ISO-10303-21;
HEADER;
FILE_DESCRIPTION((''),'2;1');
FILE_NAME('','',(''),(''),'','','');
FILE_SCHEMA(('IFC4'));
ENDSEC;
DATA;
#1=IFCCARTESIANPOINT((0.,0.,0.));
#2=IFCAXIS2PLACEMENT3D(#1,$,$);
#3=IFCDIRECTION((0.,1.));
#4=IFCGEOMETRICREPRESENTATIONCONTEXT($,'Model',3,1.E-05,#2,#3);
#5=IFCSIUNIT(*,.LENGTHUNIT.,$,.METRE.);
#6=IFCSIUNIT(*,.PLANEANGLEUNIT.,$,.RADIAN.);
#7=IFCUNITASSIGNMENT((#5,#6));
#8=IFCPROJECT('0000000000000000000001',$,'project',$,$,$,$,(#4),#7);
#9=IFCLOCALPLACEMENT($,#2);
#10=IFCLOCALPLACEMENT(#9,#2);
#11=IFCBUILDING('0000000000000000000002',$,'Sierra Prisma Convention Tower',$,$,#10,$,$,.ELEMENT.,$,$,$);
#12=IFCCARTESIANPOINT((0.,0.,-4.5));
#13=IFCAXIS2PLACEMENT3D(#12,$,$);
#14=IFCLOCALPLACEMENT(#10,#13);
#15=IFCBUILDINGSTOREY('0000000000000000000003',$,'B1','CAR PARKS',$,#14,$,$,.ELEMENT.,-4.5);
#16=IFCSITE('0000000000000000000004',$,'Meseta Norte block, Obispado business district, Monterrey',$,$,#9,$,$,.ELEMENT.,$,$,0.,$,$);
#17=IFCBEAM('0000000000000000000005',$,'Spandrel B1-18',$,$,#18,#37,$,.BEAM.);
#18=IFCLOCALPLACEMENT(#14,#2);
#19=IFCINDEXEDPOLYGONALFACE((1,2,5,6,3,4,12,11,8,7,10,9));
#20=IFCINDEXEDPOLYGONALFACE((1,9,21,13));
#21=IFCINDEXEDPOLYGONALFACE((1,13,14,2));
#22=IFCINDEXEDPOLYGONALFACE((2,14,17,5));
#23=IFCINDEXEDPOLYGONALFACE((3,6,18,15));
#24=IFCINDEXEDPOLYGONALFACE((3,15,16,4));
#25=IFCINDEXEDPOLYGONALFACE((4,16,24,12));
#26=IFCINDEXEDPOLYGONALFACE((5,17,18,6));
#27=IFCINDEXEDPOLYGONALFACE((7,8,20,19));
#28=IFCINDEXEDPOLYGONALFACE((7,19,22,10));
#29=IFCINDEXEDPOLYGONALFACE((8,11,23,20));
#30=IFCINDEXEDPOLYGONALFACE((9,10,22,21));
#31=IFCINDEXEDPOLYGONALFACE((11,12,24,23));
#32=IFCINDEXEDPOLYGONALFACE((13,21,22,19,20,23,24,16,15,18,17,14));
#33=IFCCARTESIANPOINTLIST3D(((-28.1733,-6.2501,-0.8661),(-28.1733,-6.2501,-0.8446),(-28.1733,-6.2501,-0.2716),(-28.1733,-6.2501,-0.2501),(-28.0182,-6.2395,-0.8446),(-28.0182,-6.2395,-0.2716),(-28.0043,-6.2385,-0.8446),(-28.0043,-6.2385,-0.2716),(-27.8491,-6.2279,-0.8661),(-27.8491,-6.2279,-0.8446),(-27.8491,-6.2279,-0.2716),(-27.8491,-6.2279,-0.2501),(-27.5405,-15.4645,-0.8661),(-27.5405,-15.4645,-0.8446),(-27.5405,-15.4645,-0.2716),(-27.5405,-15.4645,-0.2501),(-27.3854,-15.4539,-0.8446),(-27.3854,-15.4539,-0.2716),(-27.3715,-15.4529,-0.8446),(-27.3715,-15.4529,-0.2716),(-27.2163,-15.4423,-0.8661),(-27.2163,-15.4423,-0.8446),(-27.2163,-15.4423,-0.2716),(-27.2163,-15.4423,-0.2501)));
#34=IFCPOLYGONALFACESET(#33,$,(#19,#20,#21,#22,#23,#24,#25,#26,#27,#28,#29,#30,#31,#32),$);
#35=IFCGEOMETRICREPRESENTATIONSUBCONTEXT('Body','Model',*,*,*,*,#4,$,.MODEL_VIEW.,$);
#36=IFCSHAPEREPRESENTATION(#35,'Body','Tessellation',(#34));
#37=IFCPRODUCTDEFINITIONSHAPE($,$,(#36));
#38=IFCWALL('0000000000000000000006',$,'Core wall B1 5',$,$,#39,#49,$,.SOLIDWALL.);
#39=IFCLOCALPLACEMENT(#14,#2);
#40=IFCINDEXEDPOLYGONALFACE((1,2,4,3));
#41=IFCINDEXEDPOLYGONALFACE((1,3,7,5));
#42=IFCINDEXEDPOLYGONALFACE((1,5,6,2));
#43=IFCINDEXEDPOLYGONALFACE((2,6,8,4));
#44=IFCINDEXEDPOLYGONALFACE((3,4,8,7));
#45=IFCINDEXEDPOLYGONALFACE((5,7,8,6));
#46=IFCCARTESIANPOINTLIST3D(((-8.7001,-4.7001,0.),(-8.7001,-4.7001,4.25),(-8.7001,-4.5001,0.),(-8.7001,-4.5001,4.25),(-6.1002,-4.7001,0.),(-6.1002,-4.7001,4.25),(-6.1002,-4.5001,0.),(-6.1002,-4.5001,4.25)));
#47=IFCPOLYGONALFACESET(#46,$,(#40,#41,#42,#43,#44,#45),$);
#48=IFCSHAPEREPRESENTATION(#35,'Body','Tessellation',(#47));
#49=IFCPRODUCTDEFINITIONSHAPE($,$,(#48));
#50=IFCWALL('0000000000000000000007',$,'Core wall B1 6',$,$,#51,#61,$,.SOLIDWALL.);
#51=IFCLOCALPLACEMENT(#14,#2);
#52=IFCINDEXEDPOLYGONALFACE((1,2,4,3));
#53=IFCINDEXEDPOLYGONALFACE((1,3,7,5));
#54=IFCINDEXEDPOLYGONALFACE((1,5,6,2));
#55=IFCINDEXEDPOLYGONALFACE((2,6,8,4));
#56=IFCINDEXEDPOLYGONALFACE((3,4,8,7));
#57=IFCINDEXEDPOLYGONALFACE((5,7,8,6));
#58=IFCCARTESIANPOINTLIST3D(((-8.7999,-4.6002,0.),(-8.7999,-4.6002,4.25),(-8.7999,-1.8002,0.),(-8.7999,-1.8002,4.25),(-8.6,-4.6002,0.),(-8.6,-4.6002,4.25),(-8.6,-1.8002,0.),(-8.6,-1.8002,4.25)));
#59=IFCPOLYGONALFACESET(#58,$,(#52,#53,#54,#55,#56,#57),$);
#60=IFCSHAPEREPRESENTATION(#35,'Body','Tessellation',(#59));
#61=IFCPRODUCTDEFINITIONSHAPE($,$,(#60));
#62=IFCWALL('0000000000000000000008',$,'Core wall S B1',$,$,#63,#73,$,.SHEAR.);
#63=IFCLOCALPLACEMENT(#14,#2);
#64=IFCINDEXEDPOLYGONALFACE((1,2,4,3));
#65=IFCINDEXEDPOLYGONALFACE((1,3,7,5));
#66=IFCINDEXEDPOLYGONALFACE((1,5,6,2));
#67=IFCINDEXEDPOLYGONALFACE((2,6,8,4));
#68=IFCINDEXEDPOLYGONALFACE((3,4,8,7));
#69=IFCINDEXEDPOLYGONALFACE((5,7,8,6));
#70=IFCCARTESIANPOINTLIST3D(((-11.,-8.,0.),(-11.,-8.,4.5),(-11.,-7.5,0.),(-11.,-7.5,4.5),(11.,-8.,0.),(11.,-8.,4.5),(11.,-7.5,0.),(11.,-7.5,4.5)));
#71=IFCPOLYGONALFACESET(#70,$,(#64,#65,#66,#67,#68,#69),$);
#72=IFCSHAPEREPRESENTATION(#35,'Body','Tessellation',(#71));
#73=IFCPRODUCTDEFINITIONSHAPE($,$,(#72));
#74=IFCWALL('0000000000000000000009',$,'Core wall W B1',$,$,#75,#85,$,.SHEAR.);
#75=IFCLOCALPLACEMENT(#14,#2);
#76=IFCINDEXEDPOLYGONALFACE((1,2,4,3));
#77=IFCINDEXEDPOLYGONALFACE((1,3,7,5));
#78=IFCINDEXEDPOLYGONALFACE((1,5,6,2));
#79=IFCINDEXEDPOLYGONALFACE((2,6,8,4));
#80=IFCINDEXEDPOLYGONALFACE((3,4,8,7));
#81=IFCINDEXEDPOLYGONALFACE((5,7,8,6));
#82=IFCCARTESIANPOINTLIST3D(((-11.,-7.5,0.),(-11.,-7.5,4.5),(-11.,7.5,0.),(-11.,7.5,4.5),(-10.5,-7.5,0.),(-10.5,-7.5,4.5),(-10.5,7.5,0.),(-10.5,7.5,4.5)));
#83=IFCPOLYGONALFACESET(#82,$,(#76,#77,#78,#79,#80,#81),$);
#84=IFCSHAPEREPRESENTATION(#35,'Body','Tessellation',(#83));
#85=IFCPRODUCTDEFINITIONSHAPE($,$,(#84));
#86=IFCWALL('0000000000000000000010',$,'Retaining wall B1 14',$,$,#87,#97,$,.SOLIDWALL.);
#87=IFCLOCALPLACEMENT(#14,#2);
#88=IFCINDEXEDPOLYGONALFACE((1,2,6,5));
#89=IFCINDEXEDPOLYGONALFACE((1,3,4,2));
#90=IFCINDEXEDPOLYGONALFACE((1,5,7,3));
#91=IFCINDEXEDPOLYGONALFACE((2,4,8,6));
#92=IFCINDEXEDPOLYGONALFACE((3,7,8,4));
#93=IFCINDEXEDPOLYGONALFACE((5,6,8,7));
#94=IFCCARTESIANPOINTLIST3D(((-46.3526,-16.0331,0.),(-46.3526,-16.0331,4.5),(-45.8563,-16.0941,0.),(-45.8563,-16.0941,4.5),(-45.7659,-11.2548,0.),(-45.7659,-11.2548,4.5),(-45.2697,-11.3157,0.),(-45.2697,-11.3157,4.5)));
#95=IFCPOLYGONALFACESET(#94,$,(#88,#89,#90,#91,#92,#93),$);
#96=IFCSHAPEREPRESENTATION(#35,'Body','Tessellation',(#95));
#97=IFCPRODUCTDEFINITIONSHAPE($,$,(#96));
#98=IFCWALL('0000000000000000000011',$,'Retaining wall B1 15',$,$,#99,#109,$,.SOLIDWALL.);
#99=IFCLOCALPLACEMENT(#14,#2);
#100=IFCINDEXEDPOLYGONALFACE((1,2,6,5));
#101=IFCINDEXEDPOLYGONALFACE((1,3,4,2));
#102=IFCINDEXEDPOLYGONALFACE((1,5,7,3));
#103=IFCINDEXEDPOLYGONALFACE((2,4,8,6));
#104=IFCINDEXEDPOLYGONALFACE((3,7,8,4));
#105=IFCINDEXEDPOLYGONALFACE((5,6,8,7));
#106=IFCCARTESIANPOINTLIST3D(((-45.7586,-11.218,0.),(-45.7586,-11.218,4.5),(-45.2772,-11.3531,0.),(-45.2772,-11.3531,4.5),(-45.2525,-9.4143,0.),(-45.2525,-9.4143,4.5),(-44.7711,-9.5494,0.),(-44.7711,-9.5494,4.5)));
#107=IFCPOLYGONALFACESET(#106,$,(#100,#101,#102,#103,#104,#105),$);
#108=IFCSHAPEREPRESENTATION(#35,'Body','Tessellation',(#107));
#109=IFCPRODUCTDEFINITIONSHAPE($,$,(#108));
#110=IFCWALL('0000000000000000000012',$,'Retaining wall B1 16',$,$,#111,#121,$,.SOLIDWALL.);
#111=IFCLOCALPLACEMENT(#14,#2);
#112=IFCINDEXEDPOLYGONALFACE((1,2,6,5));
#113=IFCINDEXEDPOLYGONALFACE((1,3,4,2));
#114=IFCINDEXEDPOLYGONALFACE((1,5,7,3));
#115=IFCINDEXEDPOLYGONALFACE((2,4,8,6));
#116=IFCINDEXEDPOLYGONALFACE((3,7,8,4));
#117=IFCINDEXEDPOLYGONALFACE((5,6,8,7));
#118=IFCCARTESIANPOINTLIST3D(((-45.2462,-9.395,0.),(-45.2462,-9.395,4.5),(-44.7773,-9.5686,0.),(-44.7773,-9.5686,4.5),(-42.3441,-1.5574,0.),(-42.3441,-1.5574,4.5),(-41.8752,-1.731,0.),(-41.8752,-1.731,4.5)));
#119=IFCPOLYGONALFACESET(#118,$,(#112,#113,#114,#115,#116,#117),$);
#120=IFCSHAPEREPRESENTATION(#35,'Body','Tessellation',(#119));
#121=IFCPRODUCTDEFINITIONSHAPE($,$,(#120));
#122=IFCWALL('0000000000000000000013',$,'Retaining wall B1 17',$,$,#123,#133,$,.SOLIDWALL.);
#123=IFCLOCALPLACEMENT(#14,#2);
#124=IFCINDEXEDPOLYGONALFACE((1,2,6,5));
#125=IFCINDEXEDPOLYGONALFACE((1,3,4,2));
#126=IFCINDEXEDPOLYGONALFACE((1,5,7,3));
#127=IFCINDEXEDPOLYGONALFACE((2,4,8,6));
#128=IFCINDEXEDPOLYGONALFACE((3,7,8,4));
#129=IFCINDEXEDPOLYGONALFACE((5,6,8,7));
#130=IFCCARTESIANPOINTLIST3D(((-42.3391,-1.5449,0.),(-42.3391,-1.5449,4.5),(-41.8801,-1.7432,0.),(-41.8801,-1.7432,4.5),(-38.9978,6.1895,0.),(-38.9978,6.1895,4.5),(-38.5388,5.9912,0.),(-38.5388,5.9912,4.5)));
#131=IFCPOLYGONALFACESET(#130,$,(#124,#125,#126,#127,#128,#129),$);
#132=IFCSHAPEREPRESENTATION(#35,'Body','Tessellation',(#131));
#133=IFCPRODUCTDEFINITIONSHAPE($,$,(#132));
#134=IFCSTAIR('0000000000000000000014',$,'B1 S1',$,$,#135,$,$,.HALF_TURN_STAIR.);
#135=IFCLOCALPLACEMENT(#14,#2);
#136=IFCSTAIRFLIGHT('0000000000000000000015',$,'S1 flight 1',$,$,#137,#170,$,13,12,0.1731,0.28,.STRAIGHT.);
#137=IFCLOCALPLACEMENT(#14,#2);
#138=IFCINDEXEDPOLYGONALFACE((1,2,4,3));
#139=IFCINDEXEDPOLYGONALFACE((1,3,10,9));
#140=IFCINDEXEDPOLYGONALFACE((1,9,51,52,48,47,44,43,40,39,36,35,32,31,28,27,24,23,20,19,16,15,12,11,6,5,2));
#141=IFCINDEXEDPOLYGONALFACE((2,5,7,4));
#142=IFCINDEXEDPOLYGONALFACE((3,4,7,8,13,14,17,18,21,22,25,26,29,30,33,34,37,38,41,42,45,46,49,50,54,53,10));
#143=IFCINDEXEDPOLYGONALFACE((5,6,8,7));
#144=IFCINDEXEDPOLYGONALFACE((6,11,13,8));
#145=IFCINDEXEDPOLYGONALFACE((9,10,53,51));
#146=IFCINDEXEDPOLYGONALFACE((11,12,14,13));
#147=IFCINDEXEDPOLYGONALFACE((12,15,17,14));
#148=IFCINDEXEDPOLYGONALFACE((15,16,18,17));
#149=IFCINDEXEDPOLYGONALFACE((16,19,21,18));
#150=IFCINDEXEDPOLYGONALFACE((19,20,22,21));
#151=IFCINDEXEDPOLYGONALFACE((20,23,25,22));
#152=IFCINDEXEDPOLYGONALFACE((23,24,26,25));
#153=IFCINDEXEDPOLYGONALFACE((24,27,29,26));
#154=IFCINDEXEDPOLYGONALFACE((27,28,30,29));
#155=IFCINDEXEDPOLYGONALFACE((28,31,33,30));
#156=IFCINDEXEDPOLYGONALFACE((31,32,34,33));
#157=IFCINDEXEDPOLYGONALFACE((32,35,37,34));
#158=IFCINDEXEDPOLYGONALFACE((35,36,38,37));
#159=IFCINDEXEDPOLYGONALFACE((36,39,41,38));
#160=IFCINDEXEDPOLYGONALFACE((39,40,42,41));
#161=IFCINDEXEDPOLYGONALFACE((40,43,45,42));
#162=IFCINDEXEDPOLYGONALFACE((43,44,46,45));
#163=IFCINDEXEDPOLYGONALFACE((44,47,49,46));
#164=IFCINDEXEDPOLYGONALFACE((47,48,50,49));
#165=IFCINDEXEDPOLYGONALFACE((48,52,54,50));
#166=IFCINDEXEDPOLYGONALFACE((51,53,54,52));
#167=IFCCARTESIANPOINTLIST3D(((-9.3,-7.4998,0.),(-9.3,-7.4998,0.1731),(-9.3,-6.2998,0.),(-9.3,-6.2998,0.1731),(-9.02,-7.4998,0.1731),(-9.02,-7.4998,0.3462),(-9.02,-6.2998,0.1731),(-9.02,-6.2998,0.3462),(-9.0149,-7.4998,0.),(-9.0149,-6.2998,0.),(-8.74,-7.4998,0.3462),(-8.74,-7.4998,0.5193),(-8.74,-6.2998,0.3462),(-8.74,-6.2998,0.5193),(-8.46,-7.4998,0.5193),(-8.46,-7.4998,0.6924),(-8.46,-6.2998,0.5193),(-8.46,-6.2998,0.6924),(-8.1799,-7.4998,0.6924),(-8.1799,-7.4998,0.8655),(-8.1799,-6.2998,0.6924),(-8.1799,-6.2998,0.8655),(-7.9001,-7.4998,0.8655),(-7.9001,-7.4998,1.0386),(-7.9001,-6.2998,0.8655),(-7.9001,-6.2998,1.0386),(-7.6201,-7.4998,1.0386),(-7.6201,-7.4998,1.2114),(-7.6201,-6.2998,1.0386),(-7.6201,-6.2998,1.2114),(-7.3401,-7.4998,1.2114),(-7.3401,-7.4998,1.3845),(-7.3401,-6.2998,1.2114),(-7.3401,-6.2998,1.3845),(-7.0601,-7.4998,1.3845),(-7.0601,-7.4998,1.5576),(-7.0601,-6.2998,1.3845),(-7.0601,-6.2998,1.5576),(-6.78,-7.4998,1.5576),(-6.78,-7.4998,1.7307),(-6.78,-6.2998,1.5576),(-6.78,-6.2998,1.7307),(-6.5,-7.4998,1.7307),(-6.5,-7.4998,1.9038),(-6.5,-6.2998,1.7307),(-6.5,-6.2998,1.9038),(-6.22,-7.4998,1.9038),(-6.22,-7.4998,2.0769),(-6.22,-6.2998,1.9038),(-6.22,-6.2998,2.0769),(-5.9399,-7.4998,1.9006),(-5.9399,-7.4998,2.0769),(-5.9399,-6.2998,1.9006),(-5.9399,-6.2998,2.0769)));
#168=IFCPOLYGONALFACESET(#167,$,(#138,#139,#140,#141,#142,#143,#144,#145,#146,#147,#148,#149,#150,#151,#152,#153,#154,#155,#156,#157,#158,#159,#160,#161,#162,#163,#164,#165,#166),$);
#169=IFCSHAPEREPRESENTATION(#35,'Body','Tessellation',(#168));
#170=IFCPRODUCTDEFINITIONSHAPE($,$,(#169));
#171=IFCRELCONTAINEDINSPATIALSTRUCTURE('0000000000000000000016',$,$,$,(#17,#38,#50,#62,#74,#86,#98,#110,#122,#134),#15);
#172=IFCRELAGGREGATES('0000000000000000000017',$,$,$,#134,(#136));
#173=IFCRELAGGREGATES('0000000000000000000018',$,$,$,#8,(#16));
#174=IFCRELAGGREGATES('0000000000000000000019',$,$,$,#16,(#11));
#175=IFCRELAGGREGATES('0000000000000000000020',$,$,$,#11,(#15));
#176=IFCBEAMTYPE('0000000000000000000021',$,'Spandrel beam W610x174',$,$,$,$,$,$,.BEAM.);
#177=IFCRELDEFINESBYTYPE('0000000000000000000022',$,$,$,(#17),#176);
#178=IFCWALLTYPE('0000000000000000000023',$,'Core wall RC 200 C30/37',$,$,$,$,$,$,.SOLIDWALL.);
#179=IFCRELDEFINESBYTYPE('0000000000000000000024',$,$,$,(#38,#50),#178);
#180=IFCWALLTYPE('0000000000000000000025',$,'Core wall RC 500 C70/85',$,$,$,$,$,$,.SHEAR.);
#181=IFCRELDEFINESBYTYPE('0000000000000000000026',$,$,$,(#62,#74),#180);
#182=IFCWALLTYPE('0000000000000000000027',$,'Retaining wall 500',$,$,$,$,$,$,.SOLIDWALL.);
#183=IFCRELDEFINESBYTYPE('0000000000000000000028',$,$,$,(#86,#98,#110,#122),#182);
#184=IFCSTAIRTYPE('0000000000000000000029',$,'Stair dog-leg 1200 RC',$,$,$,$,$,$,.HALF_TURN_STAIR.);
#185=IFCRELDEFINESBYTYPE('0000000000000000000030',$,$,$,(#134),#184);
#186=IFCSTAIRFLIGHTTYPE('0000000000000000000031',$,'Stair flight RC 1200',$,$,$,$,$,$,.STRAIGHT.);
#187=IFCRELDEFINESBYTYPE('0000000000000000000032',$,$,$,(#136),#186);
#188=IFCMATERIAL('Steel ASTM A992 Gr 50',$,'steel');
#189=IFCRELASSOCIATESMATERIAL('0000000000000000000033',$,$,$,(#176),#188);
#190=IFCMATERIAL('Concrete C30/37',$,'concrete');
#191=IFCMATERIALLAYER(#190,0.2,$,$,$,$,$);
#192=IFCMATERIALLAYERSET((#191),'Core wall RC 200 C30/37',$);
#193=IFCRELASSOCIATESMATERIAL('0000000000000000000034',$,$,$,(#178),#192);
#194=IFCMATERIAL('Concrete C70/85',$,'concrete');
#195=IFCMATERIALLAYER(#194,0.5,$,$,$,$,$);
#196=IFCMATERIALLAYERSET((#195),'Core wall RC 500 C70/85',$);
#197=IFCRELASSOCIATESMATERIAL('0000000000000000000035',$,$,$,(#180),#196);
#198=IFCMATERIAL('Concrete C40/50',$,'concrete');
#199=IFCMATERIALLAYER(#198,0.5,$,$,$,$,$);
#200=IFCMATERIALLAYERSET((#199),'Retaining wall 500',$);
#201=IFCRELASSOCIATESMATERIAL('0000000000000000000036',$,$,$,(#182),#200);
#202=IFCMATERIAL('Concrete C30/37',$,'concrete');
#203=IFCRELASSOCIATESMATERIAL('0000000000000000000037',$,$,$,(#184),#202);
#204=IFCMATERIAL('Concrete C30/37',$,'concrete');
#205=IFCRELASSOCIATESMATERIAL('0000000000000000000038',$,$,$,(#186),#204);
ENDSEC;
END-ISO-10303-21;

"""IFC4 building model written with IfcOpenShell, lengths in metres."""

from ifc_helpers import new_model, si_unit, direction, frame, frame_2d, origin, origin_2d, place, context, subcontext, project, spatial, polyline, rectangle, i_section, outline, extrude, material, layer, layer_set, material_profile, profile_set, type_object, element, aggregate, save


model = new_model("IFC4")

# Units and contexts
model_context = context("Model", 3, precision=1e-05, world=origin(), true_north=direction((0.0, 1.0)))
body_context = subcontext(model_context, "Body", "Model", "MODEL_VIEW")
ifc_project = project(units=[si_unit("LENGTHUNIT", "METRE"), si_unit("PLANEANGLEUNIT", "RADIAN")], contexts=[model_context])

# Site, building, storey
site_placement = place(None, origin())
site = spatial("IfcSite", under=ifc_project, at=site_placement, Name="Meseta Norte block, Obispado business district, Monterrey", CompositionType="ELEMENT", RefElevation=0.0)
building_placement = place(site_placement, origin())
building = spatial("IfcBuilding", under=site, at=building_placement, Name="Sierra Prisma Convention Tower", CompositionType="ELEMENT")
storey_placement = place(building_placement, frame((0.0, 0.0, -4.5)))
storey = spatial("IfcBuildingStorey", under=building, at=storey_placement, Name="B1", Description="CAR PARKS", CompositionType="ELEMENT", Elevation=-4.5)

# Beam
ifc_material_1 = material(Name="Steel ASTM A992 Gr 50", Category="steel")
ifc_material_profile_1 = material_profile(ifc_material_1, i_section(OverallWidth=0.325, OverallDepth=0.616, WebThickness=0.0139, FlangeThickness=0.0215, at=origin_2d()), Name="W610x174")
ifc_profile_set_1 = profile_set([ifc_material_profile_1], Name="Steel ASTM A992 Gr 50")
beam_type_1 = type_object("IfcBeamType", Name="Spandrel beam W610x174", PredefinedType="BEAM", material=ifc_profile_set_1)
beam_1_placement = place(storey_placement, frame((-28.0112, -6.239, -0.5581), z_axis=(0.068515, -0.99765, 0.0), x_axis=(0.99765, 0.068515, 0.0)))
element("IfcBeam", 1, at=beam_1_placement, inside=storey, type_object=beam_type_1, Name="Spandrel B1-18", PredefinedType="BEAM", context=body_context, shape_type="SweptSolid", body=[
    extrude(i_section(OverallWidth=0.325, OverallDepth=0.616, WebThickness=0.0139, FlangeThickness=0.0215, at=origin_2d()), origin(), (0.0, 0.0, 1.0), 9.2361),
])

# Shared definitions
ifc_material_2 = material(Name="Concrete C30/37", Category="concrete")
ifc_layer_1 = layer(ifc_material_2, 0.2)
ifc_layer_set_1 = layer_set([ifc_layer_1], Name="Core wall RC 200 C30/37")
wall_type_1 = type_object("IfcWallType", Name="Core wall RC 200 C30/37", PredefinedType="SOLIDWALL", material=ifc_layer_set_1)

# Walls
wall_1_placement = place(storey_placement, frame((-8.7, -4.6001, 0.0), z_axis=(0.0, 0.0, 1.0), x_axis=(1.0, 0.0, 0.0)))
element("IfcWall", 2, at=wall_1_placement, inside=storey, type_object=wall_type_1, Name="Core wall B1 5", PredefinedType="SOLIDWALL", context=body_context, shape_type="SweptSolid", body=[
    extrude(rectangle(XDim=2.5999, YDim=0.2, at=frame_2d((1.2998, 0.0))), origin(), (0.0, 0.0, 1.0), 4.25),
])
wall_2_placement = place(storey_placement, frame((-8.7, -4.6001, 0.0), z_axis=(0.0, 0.0, 1.0), x_axis=(0.0, 1.0, 0.0)))
element("IfcWall", 3, at=wall_2_placement, inside=storey, type_object=wall_type_1, Name="Core wall B1 6", PredefinedType="SOLIDWALL", context=body_context, shape_type="SweptSolid", body=[
    extrude(rectangle(XDim=2.8, YDim=0.2, at=frame_2d((1.3999, 0.0))), origin(), (0.0, 0.0, 1.0), 4.25),
])
ifc_material_3 = material(Name="Concrete C70/85", Category="concrete")
ifc_layer_2 = layer(ifc_material_3, 0.5)
ifc_layer_set_2 = layer_set([ifc_layer_2], Name="Core wall RC 500 C70/85")
wall_type_2 = type_object("IfcWallType", Name="Core wall RC 500 C70/85", PredefinedType="SHEAR", material=ifc_layer_set_2)
wall_3_placement = place(storey_placement, frame((-11.0, -7.75, 0.0), z_axis=(0.0, 0.0, 1.0), x_axis=(1.0, 0.0, 0.0)))
element("IfcWall", 4, at=wall_3_placement, inside=storey, type_object=wall_type_2, Name="Core wall S B1", PredefinedType="SHEAR", context=body_context, shape_type="SweptSolid", body=[
    extrude(rectangle(XDim=22.0, YDim=0.5, at=frame_2d((11.0, 0.0))), origin(), (0.0, 0.0, 1.0), 4.5),
])
wall_4_placement = place(storey_placement, frame((-10.75, -7.5, 0.0), z_axis=(0.0, 0.0, 1.0), x_axis=(0.0, 1.0, 0.0)))
element("IfcWall", 5, at=wall_4_placement, inside=storey, type_object=wall_type_2, Name="Core wall W B1", PredefinedType="SHEAR", context=body_context, shape_type="SweptSolid", body=[
    extrude(rectangle(XDim=15.0, YDim=0.5, at=frame_2d((7.5, 0.0))), origin(), (0.0, 0.0, 1.0), 4.5),
])
ifc_material_4 = material(Name="Concrete C40/50", Category="concrete")
ifc_layer_3 = layer(ifc_material_4, 0.5)
ifc_layer_set_3 = layer_set([ifc_layer_3], Name="Retaining wall 500")
wall_type_3 = type_object("IfcWallType", Name="Retaining wall 500", PredefinedType="SOLIDWALL", material=ifc_layer_set_3)
wall_5_placement = place(storey_placement, frame((-46.1045, -16.0637, 0.0), z_axis=(0.0, 0.0, 1.0), x_axis=(0.121862, 0.992547, 0.0)))
element("IfcWall", 6, at=wall_5_placement, inside=storey, type_object=wall_type_3, Name="Retaining wall B1 14", PredefinedType="SOLIDWALL", context=body_context, shape_type="SweptSolid", body=[
    extrude(rectangle(XDim=4.8142, YDim=0.5, at=frame_2d((2.4072, 0.0))), origin(), (0.0, 0.0, 1.0), 4.5),
])
wall_6_placement = place(storey_placement, frame((-45.5178, -11.2854, 0.0), z_axis=(0.0, 0.0, 1.0), x_axis=(0.270157, 0.962816, 0.0)))
element("IfcWall", 7, at=wall_6_placement, inside=storey, type_object=wall_type_3, Name="Retaining wall B1 15", PredefinedType="SOLIDWALL", context=body_context, shape_type="SweptSolid", body=[
    extrude(rectangle(XDim=1.8733, YDim=0.5, at=frame_2d((0.9365, 0.0))), origin(), (0.0, 0.0, 1.0), 4.5),
])
wall_7_placement = place(storey_placement, frame((-45.0117, -9.4817, 0.0), z_axis=(0.0, 0.0, 1.0), x_axis=(0.347237, 0.937777, 0.0)))
element("IfcWall", 8, at=wall_7_placement, inside=storey, type_object=wall_type_3, Name="Retaining wall B1 16", PredefinedType="SOLIDWALL", context=body_context, shape_type="SweptSolid", body=[
    extrude(rectangle(XDim=8.3577, YDim=0.5, at=frame_2d((4.1787, 0.0))), origin(), (0.0, 0.0, 1.0), 4.5),
])
wall_8_placement = place(storey_placement, frame((-42.1096, -1.644, 0.0), z_axis=(0.0, 0.0, 1.0), x_axis=(0.396583, 0.917999, 0.0)))
element("IfcWall", 9, at=wall_8_placement, inside=storey, type_object=wall_type_3, Name="Retaining wall B1 17", PredefinedType="SOLIDWALL", context=body_context, shape_type="SweptSolid", body=[
    extrude(rectangle(XDim=8.4253, YDim=0.5, at=frame_2d((4.2126, 0.0))), origin(), (0.0, 0.0, 1.0), 4.5),
])

# Stair, stair flight
ifc_material_5 = material(Name="Concrete C30/37", Category="concrete")
stair_type = type_object("IfcStairType", Name="Stair dog-leg 1200 RC", PredefinedType="HALF_TURN_STAIR", material=ifc_material_5)
stair_placement = place(storey_placement, origin())
stair = element("IfcStair", 10, at=stair_placement, inside=storey, type_object=stair_type, Name="B1 S1", PredefinedType="HALF_TURN_STAIR")
ifc_material_6 = material(Name="Concrete C30/37", Category="concrete")
stair_flight_type = type_object("IfcStairFlightType", Name="Stair flight RC 1200", PredefinedType="STRAIGHT", material=ifc_material_6)
stair_flight_placement = place(storey_placement, frame((-9.3, -6.8999, 0.0), z_axis=(0.0, 0.0, 1.0), x_axis=(1.0, 0.0, 0.0)))
stair_flight = element("IfcStairFlight", 11, at=stair_flight_placement, type_object=stair_flight_type, Name="S1 flight 1", NumberOfRisers=13, NumberOfTreads=12, PredefinedType="STRAIGHT", RiserHeight=0.1731, TreadLength=0.28, context=body_context, shape_type="SweptSolid", body=[
    extrude(outline(polyline([(0.0, 0.0), (0.0, 0.1731), (0.28, 0.1731), (0.28, 0.3462), (0.5601, 0.3462), (0.5601, 0.5193), (0.8401, 0.5193), (0.8401, 0.6924), (1.1201, 0.6924), (1.1201, 0.8655), (1.3999, 0.8655), (1.3999, 1.0386), (1.6799, 1.0386), (1.6799, 1.2114), (1.96, 1.2114), (1.96, 1.3845), (2.24, 1.3845), (2.24, 1.5576), (2.52, 1.5576), (2.52, 1.7307), (2.8, 1.7307), (2.8, 1.9038), (3.0801, 1.9038), (3.0801, 2.0769), (3.3601, 2.0769), (3.3601, 2.25), (3.3601, 1.9006), (0.2852, 0.0), (0.0, 0.0)])), frame((0.0, 0.6001, 0.0), z_axis=(0.0, -1.0, 0.0), x_axis=(1.0, 0.0, 0.0)), (0.0, 0.0, 1.0), 1.2),
])
aggregate(stair, [stair_flight])

save(model, "model.ifc")
